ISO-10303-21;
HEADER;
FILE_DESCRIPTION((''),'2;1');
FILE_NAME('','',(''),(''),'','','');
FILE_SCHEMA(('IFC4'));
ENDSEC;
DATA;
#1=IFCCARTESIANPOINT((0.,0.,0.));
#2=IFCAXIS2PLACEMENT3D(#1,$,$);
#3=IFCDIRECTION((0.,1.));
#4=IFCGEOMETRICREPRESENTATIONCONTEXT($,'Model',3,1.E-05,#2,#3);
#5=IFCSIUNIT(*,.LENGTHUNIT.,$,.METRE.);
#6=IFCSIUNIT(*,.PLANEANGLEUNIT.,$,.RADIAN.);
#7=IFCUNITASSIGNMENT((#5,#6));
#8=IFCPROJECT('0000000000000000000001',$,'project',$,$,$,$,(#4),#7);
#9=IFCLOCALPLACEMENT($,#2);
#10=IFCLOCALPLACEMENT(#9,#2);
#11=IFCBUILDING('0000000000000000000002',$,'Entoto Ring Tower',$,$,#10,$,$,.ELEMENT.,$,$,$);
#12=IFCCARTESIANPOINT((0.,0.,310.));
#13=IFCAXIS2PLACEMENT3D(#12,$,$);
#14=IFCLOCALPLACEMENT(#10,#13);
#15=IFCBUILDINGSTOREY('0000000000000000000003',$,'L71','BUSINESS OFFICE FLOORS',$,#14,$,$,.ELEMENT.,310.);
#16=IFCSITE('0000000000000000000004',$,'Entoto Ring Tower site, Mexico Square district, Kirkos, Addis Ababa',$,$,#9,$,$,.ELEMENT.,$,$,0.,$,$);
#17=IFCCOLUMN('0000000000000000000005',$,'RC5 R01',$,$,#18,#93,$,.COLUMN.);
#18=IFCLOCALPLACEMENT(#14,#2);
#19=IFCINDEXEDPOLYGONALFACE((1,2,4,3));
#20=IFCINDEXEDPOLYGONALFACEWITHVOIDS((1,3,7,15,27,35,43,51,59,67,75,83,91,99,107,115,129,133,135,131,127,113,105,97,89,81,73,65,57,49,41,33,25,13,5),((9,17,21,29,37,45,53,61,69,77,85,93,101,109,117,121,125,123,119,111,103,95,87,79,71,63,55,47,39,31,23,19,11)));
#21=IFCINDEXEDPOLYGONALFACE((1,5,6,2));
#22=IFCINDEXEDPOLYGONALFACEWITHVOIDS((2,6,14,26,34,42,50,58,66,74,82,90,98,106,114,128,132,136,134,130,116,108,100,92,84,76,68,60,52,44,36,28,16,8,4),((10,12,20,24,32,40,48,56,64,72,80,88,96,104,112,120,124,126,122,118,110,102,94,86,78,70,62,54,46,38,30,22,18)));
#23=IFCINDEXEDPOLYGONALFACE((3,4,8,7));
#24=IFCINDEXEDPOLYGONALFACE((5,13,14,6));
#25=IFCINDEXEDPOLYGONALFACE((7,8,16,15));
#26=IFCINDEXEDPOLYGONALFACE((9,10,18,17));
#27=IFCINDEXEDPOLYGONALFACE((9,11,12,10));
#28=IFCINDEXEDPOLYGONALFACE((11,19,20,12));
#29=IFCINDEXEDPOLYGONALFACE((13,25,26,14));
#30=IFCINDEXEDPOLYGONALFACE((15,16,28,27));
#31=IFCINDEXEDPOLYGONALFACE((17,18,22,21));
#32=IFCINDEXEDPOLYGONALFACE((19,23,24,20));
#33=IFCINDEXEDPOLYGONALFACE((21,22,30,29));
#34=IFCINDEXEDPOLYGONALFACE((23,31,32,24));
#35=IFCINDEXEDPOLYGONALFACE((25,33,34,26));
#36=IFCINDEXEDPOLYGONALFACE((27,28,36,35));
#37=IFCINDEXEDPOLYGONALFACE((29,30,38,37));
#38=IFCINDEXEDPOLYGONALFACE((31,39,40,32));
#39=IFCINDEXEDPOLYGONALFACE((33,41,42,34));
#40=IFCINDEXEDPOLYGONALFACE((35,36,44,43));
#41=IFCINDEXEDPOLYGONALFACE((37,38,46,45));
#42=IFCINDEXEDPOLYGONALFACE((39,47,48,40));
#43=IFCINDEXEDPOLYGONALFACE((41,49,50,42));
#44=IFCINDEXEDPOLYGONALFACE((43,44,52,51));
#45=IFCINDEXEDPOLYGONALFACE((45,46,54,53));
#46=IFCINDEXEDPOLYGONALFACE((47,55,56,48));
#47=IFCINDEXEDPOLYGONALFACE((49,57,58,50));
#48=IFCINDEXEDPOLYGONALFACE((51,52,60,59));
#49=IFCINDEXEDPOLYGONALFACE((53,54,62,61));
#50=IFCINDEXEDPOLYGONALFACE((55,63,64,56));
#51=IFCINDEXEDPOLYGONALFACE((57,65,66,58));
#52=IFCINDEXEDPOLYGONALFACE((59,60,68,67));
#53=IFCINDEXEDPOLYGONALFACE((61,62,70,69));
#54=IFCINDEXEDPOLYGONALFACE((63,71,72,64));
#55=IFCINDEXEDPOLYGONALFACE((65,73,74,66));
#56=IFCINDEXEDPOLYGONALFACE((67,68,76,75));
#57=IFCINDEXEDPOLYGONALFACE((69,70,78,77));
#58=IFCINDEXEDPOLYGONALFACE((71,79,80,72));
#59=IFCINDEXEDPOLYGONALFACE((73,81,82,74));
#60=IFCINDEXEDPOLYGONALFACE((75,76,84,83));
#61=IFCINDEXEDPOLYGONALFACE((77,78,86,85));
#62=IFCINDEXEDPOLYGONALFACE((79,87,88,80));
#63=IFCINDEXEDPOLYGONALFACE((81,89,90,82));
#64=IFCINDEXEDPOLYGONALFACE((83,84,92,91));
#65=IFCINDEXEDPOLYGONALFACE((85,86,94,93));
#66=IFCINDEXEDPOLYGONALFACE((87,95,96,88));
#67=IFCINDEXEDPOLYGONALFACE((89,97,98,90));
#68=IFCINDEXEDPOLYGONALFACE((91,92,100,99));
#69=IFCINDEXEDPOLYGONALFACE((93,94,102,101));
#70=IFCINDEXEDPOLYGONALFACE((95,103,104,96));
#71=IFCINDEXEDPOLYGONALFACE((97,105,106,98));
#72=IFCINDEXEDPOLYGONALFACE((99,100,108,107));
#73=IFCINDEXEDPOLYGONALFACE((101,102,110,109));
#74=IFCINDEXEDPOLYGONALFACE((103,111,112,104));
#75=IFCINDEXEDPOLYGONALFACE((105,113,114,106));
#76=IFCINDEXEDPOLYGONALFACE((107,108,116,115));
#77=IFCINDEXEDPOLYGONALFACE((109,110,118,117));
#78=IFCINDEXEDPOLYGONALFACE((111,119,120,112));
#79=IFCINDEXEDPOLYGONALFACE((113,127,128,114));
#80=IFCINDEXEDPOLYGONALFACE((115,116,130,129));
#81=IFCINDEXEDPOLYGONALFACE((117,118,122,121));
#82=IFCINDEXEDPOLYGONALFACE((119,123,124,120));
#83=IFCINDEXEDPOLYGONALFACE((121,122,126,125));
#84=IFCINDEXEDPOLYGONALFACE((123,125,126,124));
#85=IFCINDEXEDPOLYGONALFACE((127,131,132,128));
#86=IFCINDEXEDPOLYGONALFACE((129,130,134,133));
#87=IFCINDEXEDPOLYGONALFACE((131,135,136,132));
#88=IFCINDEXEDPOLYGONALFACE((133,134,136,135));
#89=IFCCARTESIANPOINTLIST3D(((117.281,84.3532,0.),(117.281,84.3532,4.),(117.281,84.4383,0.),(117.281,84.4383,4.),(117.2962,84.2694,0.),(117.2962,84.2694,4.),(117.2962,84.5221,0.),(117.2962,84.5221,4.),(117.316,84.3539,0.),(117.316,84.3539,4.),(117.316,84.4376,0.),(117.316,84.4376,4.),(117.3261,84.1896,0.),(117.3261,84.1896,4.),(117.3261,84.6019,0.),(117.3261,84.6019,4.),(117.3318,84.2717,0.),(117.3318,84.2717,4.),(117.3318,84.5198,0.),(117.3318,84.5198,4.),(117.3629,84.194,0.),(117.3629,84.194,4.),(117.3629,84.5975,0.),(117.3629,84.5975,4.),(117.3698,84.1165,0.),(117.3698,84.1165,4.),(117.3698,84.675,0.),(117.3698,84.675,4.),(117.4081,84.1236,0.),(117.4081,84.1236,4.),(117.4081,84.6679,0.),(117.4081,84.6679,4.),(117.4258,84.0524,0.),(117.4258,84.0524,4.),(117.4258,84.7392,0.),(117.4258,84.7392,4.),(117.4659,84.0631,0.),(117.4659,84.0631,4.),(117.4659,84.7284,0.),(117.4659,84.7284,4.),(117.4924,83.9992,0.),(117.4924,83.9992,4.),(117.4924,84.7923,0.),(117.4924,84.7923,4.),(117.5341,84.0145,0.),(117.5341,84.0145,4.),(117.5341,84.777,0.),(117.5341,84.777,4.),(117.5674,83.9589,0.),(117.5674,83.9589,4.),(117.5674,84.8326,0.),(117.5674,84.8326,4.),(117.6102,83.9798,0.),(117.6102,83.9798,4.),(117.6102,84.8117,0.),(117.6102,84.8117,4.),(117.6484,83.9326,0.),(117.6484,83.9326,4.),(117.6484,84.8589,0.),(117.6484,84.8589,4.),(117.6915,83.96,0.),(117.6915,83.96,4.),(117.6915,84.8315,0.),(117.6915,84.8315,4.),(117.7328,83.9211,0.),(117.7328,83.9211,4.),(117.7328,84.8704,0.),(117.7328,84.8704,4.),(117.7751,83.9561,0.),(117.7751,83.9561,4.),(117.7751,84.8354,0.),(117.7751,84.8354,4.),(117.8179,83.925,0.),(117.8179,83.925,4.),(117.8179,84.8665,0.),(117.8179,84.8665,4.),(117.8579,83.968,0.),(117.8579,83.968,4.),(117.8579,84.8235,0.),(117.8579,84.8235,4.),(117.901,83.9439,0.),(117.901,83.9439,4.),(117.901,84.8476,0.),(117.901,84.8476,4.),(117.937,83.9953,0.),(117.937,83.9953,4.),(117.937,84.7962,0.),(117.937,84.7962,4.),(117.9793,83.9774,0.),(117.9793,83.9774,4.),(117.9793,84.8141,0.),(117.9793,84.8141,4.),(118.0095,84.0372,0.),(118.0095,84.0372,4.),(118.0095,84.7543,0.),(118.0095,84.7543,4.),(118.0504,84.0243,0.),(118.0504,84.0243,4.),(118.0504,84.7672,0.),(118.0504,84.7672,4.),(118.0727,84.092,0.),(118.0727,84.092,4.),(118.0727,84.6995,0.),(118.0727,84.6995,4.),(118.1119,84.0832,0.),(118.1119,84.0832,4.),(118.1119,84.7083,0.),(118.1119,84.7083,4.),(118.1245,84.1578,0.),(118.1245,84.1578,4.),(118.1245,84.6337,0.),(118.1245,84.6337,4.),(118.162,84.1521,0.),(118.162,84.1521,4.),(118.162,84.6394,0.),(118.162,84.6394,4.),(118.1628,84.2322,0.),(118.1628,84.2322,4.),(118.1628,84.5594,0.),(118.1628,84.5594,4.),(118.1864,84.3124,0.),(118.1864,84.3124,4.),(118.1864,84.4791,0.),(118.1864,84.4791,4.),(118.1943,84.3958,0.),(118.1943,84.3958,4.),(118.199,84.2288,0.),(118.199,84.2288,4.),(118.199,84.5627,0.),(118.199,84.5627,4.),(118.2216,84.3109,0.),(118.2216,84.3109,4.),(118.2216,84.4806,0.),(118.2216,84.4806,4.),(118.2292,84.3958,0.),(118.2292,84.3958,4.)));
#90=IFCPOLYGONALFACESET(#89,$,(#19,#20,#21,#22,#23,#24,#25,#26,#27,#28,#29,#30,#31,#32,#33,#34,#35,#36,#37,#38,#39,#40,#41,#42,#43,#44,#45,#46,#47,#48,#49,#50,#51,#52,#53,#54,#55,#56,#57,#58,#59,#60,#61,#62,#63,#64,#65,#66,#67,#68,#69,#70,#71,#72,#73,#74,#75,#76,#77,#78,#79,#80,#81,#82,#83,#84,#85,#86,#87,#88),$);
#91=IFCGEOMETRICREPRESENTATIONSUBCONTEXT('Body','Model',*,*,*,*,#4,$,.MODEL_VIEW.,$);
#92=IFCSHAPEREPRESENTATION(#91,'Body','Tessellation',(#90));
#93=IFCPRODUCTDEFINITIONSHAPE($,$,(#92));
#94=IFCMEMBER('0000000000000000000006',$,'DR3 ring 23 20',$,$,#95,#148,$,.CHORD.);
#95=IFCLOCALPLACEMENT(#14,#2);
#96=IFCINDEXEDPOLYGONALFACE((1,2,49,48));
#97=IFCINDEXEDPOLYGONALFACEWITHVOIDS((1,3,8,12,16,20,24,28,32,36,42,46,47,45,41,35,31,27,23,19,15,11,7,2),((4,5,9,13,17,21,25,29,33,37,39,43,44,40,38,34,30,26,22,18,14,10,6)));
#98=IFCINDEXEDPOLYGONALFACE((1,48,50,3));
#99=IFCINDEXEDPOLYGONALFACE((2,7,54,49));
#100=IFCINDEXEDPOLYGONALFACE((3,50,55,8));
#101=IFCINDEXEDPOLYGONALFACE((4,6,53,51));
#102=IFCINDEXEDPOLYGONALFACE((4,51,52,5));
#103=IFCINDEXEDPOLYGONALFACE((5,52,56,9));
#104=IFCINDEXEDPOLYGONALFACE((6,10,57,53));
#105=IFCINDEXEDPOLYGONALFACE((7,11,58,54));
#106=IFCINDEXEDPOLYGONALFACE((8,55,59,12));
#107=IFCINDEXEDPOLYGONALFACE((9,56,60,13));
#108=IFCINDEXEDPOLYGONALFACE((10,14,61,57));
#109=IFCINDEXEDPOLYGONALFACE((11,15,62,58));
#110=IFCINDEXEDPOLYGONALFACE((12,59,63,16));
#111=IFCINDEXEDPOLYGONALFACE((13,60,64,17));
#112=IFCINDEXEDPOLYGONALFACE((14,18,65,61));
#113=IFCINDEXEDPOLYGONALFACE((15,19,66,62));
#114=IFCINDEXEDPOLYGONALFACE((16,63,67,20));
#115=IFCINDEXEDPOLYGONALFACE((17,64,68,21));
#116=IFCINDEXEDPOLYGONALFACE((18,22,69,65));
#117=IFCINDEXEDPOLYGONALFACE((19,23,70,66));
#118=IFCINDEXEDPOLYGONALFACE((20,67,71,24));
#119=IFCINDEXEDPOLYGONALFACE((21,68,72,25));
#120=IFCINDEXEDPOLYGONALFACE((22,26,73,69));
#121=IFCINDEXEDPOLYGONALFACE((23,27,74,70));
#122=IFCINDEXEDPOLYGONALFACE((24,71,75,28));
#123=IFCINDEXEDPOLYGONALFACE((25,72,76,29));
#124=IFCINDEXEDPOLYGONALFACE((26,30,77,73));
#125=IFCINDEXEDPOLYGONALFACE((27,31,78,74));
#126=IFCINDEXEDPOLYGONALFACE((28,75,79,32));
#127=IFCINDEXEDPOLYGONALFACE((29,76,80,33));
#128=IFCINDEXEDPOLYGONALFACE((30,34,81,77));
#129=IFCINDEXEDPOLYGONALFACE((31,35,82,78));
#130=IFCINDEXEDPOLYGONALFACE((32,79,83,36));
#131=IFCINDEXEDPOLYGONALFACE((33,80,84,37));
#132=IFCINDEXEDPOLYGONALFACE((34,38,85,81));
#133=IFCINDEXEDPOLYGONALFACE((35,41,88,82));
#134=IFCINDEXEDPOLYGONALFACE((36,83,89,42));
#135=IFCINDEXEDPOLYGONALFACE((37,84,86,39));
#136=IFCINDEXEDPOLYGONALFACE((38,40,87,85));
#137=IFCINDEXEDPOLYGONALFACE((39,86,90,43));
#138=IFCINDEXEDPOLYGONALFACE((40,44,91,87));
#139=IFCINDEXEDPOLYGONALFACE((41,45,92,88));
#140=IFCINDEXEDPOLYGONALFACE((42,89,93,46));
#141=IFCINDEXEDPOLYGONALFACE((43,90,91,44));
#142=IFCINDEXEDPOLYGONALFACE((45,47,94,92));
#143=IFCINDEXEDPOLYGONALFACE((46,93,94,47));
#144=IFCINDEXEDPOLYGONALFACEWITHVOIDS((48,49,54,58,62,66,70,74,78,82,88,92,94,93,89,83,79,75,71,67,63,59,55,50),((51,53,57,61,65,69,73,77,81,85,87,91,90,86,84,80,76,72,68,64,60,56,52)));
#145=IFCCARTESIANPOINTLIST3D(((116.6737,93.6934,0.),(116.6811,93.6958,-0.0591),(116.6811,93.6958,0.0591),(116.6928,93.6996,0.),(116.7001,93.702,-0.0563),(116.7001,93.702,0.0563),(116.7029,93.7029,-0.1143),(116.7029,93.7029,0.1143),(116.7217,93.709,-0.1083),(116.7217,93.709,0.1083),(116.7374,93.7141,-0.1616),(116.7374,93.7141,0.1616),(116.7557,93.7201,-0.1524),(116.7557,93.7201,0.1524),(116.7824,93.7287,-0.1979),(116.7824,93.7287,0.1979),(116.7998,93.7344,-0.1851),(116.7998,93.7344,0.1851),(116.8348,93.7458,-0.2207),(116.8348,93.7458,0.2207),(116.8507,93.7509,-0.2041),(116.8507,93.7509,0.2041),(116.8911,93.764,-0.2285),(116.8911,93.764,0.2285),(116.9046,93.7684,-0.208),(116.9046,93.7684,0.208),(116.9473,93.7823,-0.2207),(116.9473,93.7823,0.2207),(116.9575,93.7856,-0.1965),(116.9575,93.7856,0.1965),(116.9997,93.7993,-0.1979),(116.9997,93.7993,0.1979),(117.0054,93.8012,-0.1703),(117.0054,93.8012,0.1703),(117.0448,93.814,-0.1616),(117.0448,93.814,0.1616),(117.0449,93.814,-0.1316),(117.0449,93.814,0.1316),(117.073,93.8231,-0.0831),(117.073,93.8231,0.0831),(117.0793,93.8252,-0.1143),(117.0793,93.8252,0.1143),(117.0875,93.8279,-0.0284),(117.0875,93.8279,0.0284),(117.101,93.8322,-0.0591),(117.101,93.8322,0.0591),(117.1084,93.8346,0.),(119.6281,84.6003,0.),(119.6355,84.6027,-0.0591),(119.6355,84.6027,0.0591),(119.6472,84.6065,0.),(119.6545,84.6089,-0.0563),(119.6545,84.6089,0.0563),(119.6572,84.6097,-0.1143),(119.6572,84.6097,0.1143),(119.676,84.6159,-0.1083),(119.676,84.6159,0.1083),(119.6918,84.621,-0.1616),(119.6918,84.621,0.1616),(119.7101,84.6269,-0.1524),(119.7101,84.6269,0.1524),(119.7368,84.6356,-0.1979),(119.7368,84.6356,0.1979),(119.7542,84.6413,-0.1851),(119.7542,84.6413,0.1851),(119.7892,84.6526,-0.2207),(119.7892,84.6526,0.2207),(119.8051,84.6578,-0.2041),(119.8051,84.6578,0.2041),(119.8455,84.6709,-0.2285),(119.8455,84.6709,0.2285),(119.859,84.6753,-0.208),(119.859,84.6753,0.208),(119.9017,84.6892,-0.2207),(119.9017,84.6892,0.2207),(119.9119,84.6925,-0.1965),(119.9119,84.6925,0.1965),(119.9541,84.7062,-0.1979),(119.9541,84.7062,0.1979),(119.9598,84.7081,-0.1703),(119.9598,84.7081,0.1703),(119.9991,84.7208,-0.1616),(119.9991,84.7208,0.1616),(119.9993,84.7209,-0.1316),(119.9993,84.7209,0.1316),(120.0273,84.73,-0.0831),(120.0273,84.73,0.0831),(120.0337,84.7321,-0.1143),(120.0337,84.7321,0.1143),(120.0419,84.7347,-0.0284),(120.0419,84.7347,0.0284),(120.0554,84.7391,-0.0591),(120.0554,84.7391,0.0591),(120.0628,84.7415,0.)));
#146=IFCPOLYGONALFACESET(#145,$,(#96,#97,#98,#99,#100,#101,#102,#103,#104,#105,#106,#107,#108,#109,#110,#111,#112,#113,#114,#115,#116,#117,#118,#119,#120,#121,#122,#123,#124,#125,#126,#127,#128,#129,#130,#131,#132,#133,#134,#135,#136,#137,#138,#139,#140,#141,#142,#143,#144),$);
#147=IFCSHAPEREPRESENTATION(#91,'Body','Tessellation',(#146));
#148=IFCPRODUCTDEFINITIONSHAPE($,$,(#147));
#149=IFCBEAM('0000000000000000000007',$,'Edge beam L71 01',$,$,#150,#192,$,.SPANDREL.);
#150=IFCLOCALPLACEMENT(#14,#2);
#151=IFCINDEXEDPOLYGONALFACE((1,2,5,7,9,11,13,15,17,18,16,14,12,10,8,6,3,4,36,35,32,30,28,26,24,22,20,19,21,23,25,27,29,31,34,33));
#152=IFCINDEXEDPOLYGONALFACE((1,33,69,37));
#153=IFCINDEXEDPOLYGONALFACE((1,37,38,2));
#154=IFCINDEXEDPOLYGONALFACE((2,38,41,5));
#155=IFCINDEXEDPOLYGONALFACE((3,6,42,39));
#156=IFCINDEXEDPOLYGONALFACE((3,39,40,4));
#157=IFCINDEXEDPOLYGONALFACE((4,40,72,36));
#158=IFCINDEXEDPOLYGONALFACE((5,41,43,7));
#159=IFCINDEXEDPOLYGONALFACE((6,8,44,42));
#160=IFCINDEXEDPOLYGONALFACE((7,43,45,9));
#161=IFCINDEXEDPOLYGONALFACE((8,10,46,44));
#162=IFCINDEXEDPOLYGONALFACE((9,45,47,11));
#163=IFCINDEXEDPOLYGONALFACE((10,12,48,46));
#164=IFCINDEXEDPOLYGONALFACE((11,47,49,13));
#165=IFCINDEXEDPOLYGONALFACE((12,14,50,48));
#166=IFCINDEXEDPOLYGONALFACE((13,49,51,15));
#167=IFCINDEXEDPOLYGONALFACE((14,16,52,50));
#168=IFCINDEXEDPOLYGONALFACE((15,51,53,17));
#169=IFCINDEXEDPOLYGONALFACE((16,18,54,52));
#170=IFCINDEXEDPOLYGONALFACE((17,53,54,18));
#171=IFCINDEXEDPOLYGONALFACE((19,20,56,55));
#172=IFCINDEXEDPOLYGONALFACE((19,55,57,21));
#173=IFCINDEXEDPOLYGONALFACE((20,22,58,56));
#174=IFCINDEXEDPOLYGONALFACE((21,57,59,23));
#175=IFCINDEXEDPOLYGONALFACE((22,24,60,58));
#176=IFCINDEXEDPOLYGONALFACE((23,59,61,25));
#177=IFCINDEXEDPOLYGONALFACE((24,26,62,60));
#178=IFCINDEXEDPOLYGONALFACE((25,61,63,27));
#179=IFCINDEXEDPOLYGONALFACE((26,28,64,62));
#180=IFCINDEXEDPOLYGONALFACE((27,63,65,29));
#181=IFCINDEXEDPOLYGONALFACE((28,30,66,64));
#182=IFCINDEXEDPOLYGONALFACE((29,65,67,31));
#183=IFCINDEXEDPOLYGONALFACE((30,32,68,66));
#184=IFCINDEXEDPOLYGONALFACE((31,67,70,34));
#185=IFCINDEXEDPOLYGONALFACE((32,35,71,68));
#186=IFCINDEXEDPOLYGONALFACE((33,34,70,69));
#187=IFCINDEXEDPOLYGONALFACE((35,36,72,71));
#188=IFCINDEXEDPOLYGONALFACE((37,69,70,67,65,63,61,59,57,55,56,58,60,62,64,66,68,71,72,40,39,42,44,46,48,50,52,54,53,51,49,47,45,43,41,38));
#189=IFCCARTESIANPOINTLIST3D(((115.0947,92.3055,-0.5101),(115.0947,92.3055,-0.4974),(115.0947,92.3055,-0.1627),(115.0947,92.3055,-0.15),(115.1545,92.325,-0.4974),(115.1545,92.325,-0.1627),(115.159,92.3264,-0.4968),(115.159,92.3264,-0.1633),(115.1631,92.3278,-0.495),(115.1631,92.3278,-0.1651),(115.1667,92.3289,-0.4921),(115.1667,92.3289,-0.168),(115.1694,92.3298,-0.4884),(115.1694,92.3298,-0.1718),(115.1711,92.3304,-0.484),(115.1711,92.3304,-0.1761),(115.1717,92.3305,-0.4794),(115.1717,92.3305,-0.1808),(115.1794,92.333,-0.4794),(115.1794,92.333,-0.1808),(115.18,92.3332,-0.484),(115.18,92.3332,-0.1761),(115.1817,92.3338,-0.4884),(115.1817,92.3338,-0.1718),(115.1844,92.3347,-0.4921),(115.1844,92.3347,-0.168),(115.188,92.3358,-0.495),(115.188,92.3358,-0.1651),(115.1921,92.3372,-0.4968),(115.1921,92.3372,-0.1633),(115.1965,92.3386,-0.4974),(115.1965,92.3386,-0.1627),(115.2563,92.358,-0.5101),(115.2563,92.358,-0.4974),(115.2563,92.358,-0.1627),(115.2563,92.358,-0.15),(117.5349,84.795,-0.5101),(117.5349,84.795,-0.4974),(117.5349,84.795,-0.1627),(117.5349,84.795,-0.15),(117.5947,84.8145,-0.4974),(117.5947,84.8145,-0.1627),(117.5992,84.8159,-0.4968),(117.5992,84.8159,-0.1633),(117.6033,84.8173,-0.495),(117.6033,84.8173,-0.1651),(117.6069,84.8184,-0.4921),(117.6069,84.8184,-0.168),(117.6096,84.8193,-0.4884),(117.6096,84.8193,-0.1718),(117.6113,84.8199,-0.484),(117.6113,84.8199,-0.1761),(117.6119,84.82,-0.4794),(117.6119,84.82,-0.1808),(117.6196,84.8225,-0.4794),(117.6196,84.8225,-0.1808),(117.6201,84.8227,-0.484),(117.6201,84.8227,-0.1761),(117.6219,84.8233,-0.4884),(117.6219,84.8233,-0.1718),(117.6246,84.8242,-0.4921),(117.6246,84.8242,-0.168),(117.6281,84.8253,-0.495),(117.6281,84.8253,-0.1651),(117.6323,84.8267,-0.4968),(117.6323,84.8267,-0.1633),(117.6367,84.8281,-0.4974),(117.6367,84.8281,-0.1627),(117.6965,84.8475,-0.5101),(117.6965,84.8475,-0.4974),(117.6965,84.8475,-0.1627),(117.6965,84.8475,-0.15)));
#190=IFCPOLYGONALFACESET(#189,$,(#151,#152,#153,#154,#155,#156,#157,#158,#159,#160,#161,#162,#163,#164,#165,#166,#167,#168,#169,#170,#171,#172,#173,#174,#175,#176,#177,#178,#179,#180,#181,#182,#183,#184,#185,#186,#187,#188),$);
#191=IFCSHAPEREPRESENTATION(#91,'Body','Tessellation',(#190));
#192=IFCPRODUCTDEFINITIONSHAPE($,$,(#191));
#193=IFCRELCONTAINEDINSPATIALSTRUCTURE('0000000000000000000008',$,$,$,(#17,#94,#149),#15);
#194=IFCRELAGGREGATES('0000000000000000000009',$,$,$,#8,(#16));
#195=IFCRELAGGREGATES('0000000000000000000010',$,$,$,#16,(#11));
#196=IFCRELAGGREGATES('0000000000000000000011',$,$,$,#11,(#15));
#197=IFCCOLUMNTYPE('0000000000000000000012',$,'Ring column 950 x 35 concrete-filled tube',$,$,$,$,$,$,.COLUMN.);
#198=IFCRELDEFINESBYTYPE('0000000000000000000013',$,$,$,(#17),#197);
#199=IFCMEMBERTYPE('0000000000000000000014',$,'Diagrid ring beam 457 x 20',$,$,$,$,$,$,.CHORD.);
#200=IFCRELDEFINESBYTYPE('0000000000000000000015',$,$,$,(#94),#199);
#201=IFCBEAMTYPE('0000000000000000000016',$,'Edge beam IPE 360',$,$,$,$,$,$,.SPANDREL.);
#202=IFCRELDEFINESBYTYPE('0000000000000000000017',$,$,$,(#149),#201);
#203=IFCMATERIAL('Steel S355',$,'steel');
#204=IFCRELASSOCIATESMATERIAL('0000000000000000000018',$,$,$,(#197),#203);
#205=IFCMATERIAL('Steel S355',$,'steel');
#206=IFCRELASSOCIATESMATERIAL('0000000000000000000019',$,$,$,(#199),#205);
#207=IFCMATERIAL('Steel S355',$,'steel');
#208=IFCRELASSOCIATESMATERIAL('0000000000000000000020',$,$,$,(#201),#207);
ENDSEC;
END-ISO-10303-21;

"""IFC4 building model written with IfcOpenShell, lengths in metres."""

from ifc_helpers import new_model, si_unit, direction, frame, origin, origin_2d, place, context, subcontext, project, spatial, circle, hollow_circle, i_section, extrude, material, material_profile, profile_set, type_object, element, save


model = new_model("IFC4")

# Units and contexts
model_context = context("Model", 3, precision=1e-05, world=origin(), true_north=direction((0.0, 1.0)))
body_context = subcontext(model_context, "Body", "Model", "MODEL_VIEW")
ifc_project = project(units=[si_unit("LENGTHUNIT", "METRE"), si_unit("PLANEANGLEUNIT", "RADIAN")], contexts=[model_context])

# Site, building, storey
site_placement = place(None, origin())
site = spatial("IfcSite", under=ifc_project, at=site_placement, Name="Entoto Ring Tower site, Mexico Square district, Kirkos, Addis Ababa", CompositionType="ELEMENT", RefElevation=0.0)
building_placement = place(site_placement, origin())
building = spatial("IfcBuilding", under=site, at=building_placement, Name="Entoto Ring Tower", CompositionType="ELEMENT")
storey_placement = place(building_placement, frame((0.0, 0.0, 310.0)))
storey = spatial("IfcBuildingStorey", under=building, at=storey_placement, Name="L71", Description="BUSINESS OFFICE FLOORS", CompositionType="ELEMENT", Elevation=310.0)

# Column
ifc_material_1 = material(Name="Steel S355", Category="steel")
ifc_material_profile_1 = material_profile(ifc_material_1, hollow_circle(Radius=0.4751, WallThickness=0.0349, at=origin_2d()), Name="CHS 950 x 35")
ifc_material_2 = material(Name="Concrete C60/75", Category="concrete")
ifc_material_profile_2 = material_profile(ifc_material_2, circle(Radius=0.4399, at=origin_2d()), Name="Concrete C60/75 infill")
ifc_profile_set_1 = profile_set([ifc_material_profile_1, ifc_material_profile_2], Name="Steel S355")
column_type = type_object("IfcColumnType", Name="Ring column 950 x 35 concrete-filled tube", PredefinedType="COLUMN", material=ifc_profile_set_1)
column_placement = place(storey_placement, frame((117.7542, 84.3958, 0.0), z_axis=(0.0, 0.0, 1.0), x_axis=(1.0, 0.0, 0.0)))
element("IfcColumn", 1, at=column_placement, inside=storey, type_object=column_type, Name="RC5 R01", PredefinedType="COLUMN", context=body_context, shape_type="SweptSolid", body=[
    extrude(hollow_circle(Radius=0.4751, WallThickness=0.0349, at=origin_2d()), origin(), (0.0, 0.0, 1.0), 4.0),
])

# Member
ifc_material_3 = material(Name="Steel S355", Category="steel")
ifc_material_profile_3 = material_profile(ifc_material_3, hollow_circle(Radius=0.2285, WallThickness=0.02, at=origin_2d()), Name="CHS 457 x 20")
ifc_material_4 = material(Name="Concrete C60/75", Category="concrete")
ifc_material_profile_4 = material_profile(ifc_material_4, circle(Radius=0.2085, at=origin_2d()), Name="Concrete C60/75 infill")
ifc_profile_set_2 = profile_set([ifc_material_profile_3, ifc_material_profile_4], Name="Steel S355")
member_type = type_object("IfcMemberType", Name="Diagrid ring beam 457 x 20", PredefinedType="CHORD", material=ifc_profile_set_2)
member_placement = place(storey_placement, frame((119.8455, 84.6709, 0.0), z_axis=(-0.309002, 0.951061, 0.0), x_axis=(-0.951061, -0.309002, 0.0)))
element("IfcMember", 2, at=member_placement, inside=storey, type_object=member_type, Name="DR3 ring 23 20", PredefinedType="CHORD", context=body_context, shape_type="SweptSolid", body=[
    extrude(hollow_circle(Radius=0.2285, WallThickness=0.02, at=origin_2d()), origin(), (0.0, 0.0, 1.0), 9.561),
])

# Beam
ifc_material_5 = material(Name="Steel S355", Category="steel")
ifc_material_profile_5 = material_profile(ifc_material_5, i_section(OverallWidth=0.1699, OverallDepth=0.3601, WebThickness=0.0081, FlangeThickness=0.0127, FilletRadius=0.0181, at=origin_2d()), Name="IPE 360")
ifc_profile_set_3 = profile_set([ifc_material_profile_5], Name="Steel S355")
beam_type_1 = type_object("IfcBeamType", Name="Edge beam IPE 360", PredefinedType="SPANDREL", material=ifc_profile_set_3)
beam_1_placement = place(storey_placement, frame((117.6157, 84.8213, -0.3301), z_axis=(-0.309003, 0.951061, 0.0), x_axis=(-0.951061, -0.309003, 0.0)))
element("IfcBeam", 3, at=beam_1_placement, inside=storey, type_object=beam_type_1, Name="Edge beam L71 01", PredefinedType="SPANDREL", context=body_context, shape_type="SweptSolid", body=[
    extrude(i_section(OverallWidth=0.1699, OverallDepth=0.3601, WebThickness=0.0081, FlangeThickness=0.0127, FilletRadius=0.0181, at=origin_2d()), origin(), (0.0, 0.0, 1.0), 7.897),
])

save(model, "model.ifc")
